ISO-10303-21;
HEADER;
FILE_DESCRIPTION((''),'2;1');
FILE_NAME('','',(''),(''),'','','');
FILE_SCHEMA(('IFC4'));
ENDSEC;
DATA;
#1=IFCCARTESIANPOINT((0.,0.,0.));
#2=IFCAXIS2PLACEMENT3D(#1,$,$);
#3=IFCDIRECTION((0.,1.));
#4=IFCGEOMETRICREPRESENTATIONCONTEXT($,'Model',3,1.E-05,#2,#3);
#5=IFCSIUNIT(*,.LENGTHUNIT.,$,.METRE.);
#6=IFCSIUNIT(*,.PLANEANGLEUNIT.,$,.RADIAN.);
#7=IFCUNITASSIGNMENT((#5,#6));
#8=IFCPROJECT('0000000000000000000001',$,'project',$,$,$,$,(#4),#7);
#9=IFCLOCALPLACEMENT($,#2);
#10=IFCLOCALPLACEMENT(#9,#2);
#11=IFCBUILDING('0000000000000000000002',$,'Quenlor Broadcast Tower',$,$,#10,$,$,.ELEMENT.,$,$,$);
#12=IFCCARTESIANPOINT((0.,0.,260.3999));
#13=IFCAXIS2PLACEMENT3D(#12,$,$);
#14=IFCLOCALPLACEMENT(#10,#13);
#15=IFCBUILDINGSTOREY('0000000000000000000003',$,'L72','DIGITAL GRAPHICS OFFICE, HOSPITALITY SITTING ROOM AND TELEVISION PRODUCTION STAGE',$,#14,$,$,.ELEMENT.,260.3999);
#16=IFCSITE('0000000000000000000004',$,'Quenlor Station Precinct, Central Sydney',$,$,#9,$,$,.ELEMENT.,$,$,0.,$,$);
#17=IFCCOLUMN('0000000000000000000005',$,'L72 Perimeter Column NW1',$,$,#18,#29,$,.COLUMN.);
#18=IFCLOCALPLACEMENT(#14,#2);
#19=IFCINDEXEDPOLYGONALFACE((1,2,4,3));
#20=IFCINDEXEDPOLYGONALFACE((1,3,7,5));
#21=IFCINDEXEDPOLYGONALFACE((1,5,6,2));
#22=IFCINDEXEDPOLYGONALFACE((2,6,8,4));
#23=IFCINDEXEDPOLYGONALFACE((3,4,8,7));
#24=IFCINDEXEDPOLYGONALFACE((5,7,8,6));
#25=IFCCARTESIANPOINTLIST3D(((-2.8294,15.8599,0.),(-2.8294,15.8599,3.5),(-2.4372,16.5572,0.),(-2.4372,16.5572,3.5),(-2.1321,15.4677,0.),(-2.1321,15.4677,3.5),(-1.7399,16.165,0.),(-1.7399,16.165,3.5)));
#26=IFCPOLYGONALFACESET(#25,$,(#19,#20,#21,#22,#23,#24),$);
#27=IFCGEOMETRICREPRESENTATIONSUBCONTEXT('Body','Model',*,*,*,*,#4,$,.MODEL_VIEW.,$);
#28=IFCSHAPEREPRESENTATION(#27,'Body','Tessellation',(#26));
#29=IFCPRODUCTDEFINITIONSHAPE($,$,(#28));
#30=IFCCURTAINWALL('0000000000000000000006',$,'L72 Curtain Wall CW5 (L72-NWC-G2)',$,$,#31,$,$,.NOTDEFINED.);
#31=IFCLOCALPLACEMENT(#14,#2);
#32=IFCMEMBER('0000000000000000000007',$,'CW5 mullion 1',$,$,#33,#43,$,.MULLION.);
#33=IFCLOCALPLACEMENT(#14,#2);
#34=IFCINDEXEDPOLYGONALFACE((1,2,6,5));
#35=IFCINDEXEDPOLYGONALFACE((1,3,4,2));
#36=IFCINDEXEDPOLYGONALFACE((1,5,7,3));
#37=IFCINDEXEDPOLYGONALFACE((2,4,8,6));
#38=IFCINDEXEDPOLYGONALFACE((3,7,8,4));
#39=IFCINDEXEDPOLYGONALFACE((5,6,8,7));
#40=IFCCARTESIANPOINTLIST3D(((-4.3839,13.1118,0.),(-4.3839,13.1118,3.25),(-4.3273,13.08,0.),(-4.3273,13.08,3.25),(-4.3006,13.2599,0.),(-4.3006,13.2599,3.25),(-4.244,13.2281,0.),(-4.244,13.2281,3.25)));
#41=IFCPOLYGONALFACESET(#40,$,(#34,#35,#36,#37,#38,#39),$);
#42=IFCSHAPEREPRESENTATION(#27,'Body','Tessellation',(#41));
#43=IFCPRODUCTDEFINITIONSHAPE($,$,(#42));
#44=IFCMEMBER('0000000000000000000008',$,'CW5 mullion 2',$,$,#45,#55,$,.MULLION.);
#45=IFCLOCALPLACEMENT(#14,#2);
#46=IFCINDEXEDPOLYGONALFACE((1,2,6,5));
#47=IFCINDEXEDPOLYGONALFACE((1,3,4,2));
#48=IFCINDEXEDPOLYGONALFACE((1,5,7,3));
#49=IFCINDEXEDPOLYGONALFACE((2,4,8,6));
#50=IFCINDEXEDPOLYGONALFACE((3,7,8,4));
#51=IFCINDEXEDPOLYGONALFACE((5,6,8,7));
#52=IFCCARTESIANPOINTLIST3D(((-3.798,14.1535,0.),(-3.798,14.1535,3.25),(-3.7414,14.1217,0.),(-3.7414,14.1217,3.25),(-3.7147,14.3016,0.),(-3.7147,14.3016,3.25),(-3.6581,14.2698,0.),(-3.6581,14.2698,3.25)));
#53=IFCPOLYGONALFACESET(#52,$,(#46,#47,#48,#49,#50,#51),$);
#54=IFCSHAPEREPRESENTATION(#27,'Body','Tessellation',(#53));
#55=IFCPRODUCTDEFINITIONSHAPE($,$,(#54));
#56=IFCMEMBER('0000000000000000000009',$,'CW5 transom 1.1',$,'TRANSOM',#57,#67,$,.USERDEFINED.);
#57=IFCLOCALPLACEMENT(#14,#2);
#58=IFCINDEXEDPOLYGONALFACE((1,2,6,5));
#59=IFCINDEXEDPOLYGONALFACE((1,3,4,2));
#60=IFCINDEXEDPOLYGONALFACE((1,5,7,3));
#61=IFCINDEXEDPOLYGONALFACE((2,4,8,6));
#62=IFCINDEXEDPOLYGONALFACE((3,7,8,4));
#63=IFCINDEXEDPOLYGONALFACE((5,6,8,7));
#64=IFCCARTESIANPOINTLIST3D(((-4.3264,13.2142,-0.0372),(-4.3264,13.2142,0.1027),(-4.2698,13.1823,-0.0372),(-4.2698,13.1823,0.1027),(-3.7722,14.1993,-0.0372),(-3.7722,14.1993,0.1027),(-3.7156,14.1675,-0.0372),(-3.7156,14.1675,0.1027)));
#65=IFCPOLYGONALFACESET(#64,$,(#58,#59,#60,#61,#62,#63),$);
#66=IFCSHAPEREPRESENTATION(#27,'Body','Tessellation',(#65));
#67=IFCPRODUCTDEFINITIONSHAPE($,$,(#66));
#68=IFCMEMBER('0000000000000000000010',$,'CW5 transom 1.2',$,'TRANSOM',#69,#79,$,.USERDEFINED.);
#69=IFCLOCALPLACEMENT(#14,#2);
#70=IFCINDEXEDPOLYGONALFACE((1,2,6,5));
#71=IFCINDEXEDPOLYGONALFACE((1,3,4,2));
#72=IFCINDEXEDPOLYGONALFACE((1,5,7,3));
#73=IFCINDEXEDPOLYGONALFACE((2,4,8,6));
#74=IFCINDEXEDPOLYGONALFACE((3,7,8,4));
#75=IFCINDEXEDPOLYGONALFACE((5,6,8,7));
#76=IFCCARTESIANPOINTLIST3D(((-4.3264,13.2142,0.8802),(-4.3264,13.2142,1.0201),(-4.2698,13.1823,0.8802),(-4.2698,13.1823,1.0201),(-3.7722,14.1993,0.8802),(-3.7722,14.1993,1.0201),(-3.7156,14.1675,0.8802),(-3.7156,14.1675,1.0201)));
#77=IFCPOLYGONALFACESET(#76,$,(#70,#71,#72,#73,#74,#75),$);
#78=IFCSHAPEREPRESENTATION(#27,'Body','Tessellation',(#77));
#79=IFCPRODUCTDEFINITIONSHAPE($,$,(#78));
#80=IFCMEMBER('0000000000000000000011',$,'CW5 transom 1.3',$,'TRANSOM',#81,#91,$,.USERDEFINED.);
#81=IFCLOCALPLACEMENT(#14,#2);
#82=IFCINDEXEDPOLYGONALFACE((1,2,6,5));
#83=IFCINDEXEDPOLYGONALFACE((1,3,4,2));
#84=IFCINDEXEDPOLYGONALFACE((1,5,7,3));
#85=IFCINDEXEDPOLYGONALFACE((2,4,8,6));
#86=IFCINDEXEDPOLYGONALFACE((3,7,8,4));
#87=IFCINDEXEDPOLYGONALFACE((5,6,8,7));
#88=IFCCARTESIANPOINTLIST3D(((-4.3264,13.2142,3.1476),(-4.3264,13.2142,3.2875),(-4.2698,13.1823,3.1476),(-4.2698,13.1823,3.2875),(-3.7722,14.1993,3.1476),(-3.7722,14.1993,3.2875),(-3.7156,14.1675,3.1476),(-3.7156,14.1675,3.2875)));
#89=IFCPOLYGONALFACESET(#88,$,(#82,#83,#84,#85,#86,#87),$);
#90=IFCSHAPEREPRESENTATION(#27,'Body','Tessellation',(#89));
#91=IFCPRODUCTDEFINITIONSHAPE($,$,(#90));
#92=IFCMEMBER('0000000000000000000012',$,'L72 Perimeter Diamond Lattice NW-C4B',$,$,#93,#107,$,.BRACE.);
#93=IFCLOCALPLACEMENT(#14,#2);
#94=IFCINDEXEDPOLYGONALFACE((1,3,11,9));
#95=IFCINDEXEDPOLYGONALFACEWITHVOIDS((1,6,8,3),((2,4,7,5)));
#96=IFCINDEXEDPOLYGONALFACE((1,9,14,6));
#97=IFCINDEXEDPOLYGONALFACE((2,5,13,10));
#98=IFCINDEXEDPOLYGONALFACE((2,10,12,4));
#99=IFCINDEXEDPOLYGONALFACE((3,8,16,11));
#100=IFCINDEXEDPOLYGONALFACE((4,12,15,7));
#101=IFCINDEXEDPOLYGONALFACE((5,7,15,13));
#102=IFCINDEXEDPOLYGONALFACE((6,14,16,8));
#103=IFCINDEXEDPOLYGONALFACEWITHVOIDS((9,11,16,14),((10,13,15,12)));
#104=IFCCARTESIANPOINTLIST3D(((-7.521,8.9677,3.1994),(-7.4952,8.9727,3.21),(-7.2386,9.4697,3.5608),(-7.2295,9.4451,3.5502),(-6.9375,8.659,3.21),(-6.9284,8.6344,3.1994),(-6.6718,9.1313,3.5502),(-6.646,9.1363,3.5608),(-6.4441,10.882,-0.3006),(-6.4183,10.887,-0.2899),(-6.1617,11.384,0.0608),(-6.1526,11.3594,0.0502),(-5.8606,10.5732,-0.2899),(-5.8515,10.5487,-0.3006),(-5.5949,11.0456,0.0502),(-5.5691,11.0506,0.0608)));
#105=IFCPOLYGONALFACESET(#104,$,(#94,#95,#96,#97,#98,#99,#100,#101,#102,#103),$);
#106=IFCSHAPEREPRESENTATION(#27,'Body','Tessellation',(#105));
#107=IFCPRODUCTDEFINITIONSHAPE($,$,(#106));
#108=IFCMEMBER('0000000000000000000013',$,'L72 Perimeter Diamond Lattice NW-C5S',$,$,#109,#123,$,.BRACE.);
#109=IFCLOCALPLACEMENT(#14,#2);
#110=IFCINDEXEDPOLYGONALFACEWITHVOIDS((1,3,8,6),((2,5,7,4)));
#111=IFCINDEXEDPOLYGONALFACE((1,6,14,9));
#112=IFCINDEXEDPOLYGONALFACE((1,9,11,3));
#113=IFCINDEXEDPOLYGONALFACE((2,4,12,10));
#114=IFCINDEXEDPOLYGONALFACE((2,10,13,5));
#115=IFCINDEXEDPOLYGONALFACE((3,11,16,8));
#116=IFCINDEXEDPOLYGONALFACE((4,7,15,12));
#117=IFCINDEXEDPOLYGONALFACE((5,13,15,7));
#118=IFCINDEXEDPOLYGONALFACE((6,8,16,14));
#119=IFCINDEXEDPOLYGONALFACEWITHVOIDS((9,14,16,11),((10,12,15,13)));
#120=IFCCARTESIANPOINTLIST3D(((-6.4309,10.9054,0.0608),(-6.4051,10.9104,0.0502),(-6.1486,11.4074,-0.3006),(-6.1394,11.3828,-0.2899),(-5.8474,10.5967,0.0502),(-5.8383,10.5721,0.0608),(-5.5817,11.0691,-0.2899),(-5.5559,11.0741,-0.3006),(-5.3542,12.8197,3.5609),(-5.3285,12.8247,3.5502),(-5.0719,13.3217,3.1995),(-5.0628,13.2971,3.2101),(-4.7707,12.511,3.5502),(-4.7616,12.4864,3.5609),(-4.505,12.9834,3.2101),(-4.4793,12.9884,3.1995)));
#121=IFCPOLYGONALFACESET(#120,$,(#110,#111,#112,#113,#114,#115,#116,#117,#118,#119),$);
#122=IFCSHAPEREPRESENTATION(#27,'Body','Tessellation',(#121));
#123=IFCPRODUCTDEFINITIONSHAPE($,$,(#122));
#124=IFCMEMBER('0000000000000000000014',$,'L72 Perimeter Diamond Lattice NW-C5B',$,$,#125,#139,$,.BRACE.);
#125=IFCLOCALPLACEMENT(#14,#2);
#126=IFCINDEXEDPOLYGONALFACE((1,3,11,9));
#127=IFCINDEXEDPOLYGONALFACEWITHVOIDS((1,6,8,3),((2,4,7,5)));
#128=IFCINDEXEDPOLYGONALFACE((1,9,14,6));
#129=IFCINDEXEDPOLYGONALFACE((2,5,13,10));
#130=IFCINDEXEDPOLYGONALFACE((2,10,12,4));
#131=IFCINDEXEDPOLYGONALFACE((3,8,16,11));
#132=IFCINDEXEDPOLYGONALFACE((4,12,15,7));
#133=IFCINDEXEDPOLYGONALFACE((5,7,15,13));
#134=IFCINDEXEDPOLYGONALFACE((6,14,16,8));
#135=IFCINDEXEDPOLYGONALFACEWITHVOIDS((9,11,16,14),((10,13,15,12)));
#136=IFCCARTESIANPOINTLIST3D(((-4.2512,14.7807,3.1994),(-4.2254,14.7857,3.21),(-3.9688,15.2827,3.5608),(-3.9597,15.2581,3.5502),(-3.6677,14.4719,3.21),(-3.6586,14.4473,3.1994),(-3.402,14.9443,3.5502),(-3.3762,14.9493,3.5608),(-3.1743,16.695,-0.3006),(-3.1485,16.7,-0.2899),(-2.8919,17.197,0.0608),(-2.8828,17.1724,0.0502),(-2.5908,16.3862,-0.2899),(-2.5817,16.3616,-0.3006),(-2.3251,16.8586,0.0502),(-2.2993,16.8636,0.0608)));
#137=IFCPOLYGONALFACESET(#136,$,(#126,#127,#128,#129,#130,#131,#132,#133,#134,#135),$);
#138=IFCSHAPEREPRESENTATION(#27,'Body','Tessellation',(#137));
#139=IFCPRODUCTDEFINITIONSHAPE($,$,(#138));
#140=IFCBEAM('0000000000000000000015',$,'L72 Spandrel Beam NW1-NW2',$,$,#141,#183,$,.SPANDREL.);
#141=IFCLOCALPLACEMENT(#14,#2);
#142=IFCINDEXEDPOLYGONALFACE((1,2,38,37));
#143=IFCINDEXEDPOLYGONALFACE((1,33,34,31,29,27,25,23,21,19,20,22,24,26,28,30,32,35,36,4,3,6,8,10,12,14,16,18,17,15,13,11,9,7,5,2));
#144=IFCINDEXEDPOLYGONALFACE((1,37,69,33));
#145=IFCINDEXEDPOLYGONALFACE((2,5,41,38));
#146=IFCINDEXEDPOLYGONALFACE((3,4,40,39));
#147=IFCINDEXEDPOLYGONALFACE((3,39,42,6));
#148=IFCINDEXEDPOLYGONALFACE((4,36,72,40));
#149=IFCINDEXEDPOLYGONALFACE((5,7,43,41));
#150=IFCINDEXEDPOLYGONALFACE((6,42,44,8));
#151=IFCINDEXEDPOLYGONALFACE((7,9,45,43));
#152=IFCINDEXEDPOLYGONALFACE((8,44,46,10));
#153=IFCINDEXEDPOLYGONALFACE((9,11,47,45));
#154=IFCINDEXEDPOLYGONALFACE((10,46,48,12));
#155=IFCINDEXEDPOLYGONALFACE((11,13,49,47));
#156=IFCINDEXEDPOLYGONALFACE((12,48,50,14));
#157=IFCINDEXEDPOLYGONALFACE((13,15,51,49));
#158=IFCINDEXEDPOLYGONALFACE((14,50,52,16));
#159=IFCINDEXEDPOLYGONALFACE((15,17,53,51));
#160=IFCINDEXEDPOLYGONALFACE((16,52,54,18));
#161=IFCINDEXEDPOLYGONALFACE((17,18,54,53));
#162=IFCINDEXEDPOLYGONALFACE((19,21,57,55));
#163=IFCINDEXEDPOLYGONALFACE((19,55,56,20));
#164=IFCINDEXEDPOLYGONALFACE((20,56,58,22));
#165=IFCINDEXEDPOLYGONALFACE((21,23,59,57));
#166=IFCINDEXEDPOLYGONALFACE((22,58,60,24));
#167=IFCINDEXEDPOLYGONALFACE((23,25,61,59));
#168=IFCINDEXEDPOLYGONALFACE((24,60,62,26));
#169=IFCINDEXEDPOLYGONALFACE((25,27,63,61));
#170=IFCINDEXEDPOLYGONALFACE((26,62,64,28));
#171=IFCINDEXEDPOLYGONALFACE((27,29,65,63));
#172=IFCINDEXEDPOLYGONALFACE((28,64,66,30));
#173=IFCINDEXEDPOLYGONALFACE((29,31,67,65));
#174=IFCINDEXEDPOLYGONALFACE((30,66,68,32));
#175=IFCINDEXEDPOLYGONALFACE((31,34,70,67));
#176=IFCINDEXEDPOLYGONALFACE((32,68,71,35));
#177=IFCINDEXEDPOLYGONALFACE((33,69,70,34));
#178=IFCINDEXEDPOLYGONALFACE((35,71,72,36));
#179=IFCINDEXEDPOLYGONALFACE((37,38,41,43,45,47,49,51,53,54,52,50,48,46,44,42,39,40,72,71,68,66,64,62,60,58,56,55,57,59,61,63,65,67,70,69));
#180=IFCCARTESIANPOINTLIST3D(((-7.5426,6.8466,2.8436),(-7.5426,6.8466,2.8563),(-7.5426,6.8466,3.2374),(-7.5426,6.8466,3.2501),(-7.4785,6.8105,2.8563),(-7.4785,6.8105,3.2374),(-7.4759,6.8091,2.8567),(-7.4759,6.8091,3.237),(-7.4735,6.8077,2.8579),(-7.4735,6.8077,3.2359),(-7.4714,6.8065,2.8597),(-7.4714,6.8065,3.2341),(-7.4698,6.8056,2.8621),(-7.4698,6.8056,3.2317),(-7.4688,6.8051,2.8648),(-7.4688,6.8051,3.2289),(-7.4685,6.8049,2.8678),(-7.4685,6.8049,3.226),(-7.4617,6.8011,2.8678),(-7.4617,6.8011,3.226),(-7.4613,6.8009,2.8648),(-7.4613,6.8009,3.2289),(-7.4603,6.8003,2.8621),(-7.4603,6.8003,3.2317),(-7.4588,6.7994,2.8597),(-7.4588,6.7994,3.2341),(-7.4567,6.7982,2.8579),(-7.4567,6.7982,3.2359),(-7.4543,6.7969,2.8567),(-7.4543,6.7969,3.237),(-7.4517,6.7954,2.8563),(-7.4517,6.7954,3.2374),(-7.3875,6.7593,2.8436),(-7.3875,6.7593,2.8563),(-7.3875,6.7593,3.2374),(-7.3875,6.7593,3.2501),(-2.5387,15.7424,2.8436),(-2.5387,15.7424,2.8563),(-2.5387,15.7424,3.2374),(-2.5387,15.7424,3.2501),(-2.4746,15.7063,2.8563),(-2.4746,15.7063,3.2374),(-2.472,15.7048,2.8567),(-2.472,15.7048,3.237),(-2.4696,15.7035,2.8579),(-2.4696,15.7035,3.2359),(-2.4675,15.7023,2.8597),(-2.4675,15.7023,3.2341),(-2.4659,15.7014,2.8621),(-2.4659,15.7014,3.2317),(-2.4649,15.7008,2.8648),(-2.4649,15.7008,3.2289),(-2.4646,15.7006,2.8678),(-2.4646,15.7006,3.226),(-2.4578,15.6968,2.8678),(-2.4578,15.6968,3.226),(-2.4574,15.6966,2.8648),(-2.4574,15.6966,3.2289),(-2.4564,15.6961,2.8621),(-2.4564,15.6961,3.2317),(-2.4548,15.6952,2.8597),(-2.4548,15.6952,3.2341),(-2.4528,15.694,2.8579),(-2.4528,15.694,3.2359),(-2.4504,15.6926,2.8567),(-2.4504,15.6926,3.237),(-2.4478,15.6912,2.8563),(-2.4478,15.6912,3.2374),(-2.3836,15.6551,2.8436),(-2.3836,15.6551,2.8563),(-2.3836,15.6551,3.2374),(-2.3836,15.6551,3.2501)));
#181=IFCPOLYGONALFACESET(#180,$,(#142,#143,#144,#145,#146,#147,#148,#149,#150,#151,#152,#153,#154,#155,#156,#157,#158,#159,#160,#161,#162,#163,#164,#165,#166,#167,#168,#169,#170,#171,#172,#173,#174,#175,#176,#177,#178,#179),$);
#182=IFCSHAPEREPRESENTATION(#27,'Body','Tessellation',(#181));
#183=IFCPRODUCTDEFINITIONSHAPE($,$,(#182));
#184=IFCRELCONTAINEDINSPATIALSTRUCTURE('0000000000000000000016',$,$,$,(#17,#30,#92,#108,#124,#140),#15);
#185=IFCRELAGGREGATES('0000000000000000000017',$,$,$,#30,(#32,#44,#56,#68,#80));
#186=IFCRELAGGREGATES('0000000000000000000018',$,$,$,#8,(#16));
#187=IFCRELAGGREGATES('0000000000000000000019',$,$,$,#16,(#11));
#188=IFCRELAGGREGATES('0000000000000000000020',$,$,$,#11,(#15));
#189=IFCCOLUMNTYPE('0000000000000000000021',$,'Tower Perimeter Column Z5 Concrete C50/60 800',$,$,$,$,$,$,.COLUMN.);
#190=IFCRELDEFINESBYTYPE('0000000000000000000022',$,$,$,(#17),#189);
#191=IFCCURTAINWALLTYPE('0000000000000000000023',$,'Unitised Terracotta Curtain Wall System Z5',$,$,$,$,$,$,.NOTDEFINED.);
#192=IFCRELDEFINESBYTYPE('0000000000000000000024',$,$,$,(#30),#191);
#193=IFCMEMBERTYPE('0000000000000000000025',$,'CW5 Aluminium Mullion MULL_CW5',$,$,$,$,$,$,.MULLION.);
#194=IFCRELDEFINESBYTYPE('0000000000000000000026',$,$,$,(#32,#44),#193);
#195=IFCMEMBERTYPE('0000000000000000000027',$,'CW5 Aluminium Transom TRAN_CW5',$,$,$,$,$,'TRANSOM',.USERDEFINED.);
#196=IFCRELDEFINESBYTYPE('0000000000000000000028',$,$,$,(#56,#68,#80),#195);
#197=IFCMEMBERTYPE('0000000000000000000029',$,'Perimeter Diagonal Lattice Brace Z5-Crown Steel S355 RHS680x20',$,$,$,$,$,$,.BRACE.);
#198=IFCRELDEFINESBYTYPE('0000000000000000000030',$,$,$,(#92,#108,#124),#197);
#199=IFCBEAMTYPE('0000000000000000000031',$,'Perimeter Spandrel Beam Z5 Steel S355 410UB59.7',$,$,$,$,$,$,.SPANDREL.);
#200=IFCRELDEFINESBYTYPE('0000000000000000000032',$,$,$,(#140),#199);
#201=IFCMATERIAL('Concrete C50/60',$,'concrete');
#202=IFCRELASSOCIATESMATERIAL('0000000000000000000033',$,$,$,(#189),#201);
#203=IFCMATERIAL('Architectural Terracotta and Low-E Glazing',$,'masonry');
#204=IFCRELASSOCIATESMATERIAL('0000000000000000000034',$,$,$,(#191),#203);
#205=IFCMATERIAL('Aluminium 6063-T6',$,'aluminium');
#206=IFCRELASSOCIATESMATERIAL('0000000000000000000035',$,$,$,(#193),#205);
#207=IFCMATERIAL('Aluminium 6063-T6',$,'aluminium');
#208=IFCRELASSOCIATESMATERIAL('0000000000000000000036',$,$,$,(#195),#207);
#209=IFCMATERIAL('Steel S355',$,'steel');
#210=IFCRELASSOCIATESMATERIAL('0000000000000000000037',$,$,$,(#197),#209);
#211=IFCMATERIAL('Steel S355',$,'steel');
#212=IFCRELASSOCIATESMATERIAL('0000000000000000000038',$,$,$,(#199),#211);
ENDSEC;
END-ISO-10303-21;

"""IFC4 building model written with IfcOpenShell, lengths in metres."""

from ifc_helpers import new_model, si_unit, direction, frame, origin, origin_2d, place, context, subcontext, project, spatial, rectangle, hollow_rectangle, i_section, extrude, material, material_profile, profile_set, type_object, element, aggregate, save


model = new_model("IFC4")

# Units and contexts
model_context = context("Model", 3, precision=1e-05, world=origin(), true_north=direction((0.0, 1.0)))
body_context = subcontext(model_context, "Body", "Model", "MODEL_VIEW")
ifc_project = project(units=[si_unit("LENGTHUNIT", "METRE"), si_unit("PLANEANGLEUNIT", "RADIAN")], contexts=[model_context])

# Site, building, storey
site_placement = place(None, origin())
site = spatial("IfcSite", under=ifc_project, at=site_placement, Name="Quenlor Station Precinct, Central Sydney", CompositionType="ELEMENT", RefElevation=0.0)
building_placement = place(site_placement, origin())
building = spatial("IfcBuilding", under=site, at=building_placement, Name="Quenlor Broadcast Tower", CompositionType="ELEMENT")
storey_placement = place(building_placement, frame((0.0, 0.0, 260.3999)))
storey = spatial("IfcBuildingStorey", under=building, at=storey_placement, Name="L72", Description="DIGITAL GRAPHICS OFFICE, HOSPITALITY SITTING ROOM AND TELEVISION PRODUCTION STAGE", CompositionType="ELEMENT", Elevation=260.3999)

# Column
ifc_material_1 = material(Name="Concrete C50/60", Category="concrete")
ifc_material_profile_1 = material_profile(ifc_material_1, rectangle(XDim=0.8, YDim=0.8, at=origin_2d()))
ifc_profile_set_1 = profile_set([ifc_material_profile_1], Name="Concrete C50/60 RC800x800")
column_type = type_object("IfcColumnType", Name="Tower Perimeter Column Z5 Concrete C50/60 800", PredefinedType="COLUMN", material=ifc_profile_set_1)
column_placement = place(storey_placement, frame((-2.2847, 16.0125, 0.0), z_axis=(0.0, 0.0, 1.0), x_axis=(-0.871575, 0.490262, 0.0)))
element("IfcColumn", 1, at=column_placement, inside=storey, type_object=column_type, Name="L72 Perimeter Column NW1", PredefinedType="COLUMN", context=body_context, shape_type="SweptSolid", body=[
    extrude(rectangle(XDim=0.8, YDim=0.8, at=origin_2d()), origin(), (0.0, 0.0, 1.0), 3.5),
])

# Curtain wall, members
ifc_material_2 = material(Name="Architectural Terracotta and Low-E Glazing", Category="masonry")
curtain_wall_type = type_object("IfcCurtainWallType", Name="Unitised Terracotta Curtain Wall System Z5", PredefinedType="NOTDEFINED", material=ifc_material_2)
curtain_wall_placement = place(storey_placement, origin())
curtain_wall = element("IfcCurtainWall", 2, at=curtain_wall_placement, inside=storey, type_object=curtain_wall_type, Name="L72 Curtain Wall CW5 (L72-NWC-G2)", PredefinedType="NOTDEFINED")
ifc_material_3 = material(Name="Aluminium 6063-T6", Category="aluminium")
ifc_material_profile_2 = material_profile(ifc_material_3, rectangle(XDim=0.0649, YDim=0.1699, at=origin_2d()))
ifc_profile_set_2 = profile_set([ifc_material_profile_2], Name="Aluminium 6063-T6 MULL65x170")
member_type_1 = type_object("IfcMemberType", Name="CW5 Aluminium Mullion MULL_CW5", PredefinedType="MULLION", material=ifc_profile_set_2)
member_1_placement = place(storey_placement, frame((-4.314, 13.1699, 0.0), z_axis=(0.0, 0.0, 1.0), x_axis=(-0.871559, 0.490291, 0.0)))
member_1 = element("IfcMember", 3, at=member_1_placement, type_object=member_type_1, Name="CW5 mullion 1", PredefinedType="MULLION", context=body_context, shape_type="SweptSolid", body=[
    extrude(rectangle(XDim=0.0649, YDim=0.1699, at=origin_2d()), origin(), (0.0, 0.0, 1.0), 3.25),
])
member_2_placement = place(storey_placement, frame((-3.728, 14.2117, 0.0), z_axis=(0.0, 0.0, 1.0), x_axis=(-0.871559, 0.490291, 0.0)))
member_2 = element("IfcMember", 4, at=member_2_placement, type_object=member_type_1, Name="CW5 mullion 2", PredefinedType="MULLION", context=body_context, shape_type="SweptSolid", body=[
    extrude(rectangle(XDim=0.0649, YDim=0.1699, at=origin_2d()), origin(), (0.0, 0.0, 1.0), 3.25),
])
ifc_material_4 = material(Name="Aluminium 6063-T6", Category="aluminium")
ifc_material_profile_3 = material_profile(ifc_material_4, rectangle(XDim=0.0649, YDim=0.1399, at=origin_2d()))
ifc_profile_set_3 = profile_set([ifc_material_profile_3], Name="Aluminium 6063-T6 TRAN65x140")
member_type_2 = type_object("IfcMemberType", Name="CW5 Aluminium Transom TRAN_CW5", ElementType="TRANSOM", PredefinedType="USERDEFINED", material=ifc_profile_set_3)
member_3_placement = place(storey_placement, frame((-4.2981, 13.1982, 0.0327), z_axis=(0.490313, 0.871547, 0.0), x_axis=(-0.871547, 0.490313, 0.0)))
member_3 = element("IfcMember", 5, at=member_3_placement, type_object=member_type_2, Name="CW5 transom 1.1", ObjectType="TRANSOM", PredefinedType="USERDEFINED", context=body_context, shape_type="SweptSolid", body=[
    extrude(rectangle(XDim=0.0649, YDim=0.1399, at=origin_2d()), origin(), (0.0, 0.0, 1.0), 1.1304),
])
member_4_placement = place(storey_placement, frame((-4.2981, 13.1982, 0.9502), z_axis=(0.490313, 0.871547, 0.0), x_axis=(-0.871547, 0.490313, 0.0)))
member_4 = element("IfcMember", 6, at=member_4_placement, type_object=member_type_2, Name="CW5 transom 1.2", ObjectType="TRANSOM", PredefinedType="USERDEFINED", context=body_context, shape_type="SweptSolid", body=[
    extrude(rectangle(XDim=0.0649, YDim=0.1399, at=origin_2d()), origin(), (0.0, 0.0, 1.0), 1.1304),
])
member_5_placement = place(storey_placement, frame((-4.2981, 13.1982, 3.2175), z_axis=(0.490313, 0.871547, 0.0), x_axis=(-0.871547, 0.490313, 0.0)))
member_5 = element("IfcMember", 7, at=member_5_placement, type_object=member_type_2, Name="CW5 transom 1.3", ObjectType="TRANSOM", PredefinedType="USERDEFINED", context=body_context, shape_type="SweptSolid", body=[
    extrude(rectangle(XDim=0.0649, YDim=0.1399, at=origin_2d()), origin(), (0.0, 0.0, 1.0), 1.1304),
])

# Members
ifc_material_5 = material(Name="Steel S355", Category="steel")
ifc_material_profile_4 = material_profile(ifc_material_5, hollow_rectangle(XDim=0.6799, YDim=0.6799, WallThickness=0.02, at=origin_2d()))
ifc_profile_set_4 = profile_set([ifc_material_profile_4], Name="Steel S355 RHS680x680x20")
member_type_3 = type_object("IfcMemberType", Name="Perimeter Diagonal Lattice Brace Z5-Crown Steel S355 RHS680x20", PredefinedType="BRACE", material=ifc_profile_set_4)
for number, where, z_axis, x_axis, name in (
    (8, (-6.0066, 10.9663, -0.1199), (-0.260619, -0.463276, 0.847026), (0.871555, -0.490298, 0.0), "L72 Perimeter Diamond Lattice NW-C4B"),
    (9, (-5.9934, 10.9897, -0.1199), (0.260564, 0.463283, 0.847039), (-0.871602, 0.490214, 0.0), "L72 Perimeter Diamond Lattice NW-C5S"),
    (10, (-2.7368, 16.7793, -0.1199), (-0.260619, -0.463276, 0.847026), (0.871555, -0.490298, 0.0), "L72 Perimeter Diamond Lattice NW-C5B"),
):
    element("IfcMember", number, at=place(storey_placement, frame(where, z_axis=z_axis, x_axis=x_axis)), inside=storey, type_object=member_type_3, Name=name, PredefinedType="BRACE", context=body_context, shape_type="SweptSolid", body=[
        extrude(hollow_rectangle(XDim=0.6799, YDim=0.6799, WallThickness=0.02, at=origin_2d()), origin(), (0.0, 0.0, 1.0), 4.1321),
    ])

# Beam
ifc_material_6 = material(Name="Steel S355", Category="steel")
ifc_material_profile_5 = material_profile(ifc_material_6, i_section(OverallWidth=0.178, OverallDepth=0.4065, WebThickness=0.0078, FlangeThickness=0.0127, FilletRadius=0.0115, at=origin_2d()))
ifc_profile_set_5 = profile_set([ifc_material_profile_5], Name="Steel S355 410UB59.7")
beam_type_1 = type_object("IfcBeamType", Name="Perimeter Spandrel Beam Z5 Steel S355 410UB59.7", PredefinedType="SPANDREL", material=ifc_profile_set_5)
beam_1_placement = place(storey_placement, frame((-2.4612, 15.6987, 3.0469), z_axis=(-0.490265, -0.871574, 0.0), x_axis=(0.871574, -0.490265, 0.0)))
element("IfcBeam", 11, at=beam_1_placement, inside=storey, type_object=beam_type_1, Name="L72 Spandrel Beam NW1-NW2", PredefinedType="SPANDREL", context=body_context, shape_type="SweptSolid", body=[
    extrude(i_section(OverallWidth=0.178, OverallDepth=0.4065, WebThickness=0.0078, FlangeThickness=0.0127, FilletRadius=0.0115, at=origin_2d()), origin(), (0.0, 0.0, 1.0), 10.2065),
])

aggregate(curtain_wall, [member_1, member_2, member_3, member_4, member_5])

save(model, "model.ifc")
